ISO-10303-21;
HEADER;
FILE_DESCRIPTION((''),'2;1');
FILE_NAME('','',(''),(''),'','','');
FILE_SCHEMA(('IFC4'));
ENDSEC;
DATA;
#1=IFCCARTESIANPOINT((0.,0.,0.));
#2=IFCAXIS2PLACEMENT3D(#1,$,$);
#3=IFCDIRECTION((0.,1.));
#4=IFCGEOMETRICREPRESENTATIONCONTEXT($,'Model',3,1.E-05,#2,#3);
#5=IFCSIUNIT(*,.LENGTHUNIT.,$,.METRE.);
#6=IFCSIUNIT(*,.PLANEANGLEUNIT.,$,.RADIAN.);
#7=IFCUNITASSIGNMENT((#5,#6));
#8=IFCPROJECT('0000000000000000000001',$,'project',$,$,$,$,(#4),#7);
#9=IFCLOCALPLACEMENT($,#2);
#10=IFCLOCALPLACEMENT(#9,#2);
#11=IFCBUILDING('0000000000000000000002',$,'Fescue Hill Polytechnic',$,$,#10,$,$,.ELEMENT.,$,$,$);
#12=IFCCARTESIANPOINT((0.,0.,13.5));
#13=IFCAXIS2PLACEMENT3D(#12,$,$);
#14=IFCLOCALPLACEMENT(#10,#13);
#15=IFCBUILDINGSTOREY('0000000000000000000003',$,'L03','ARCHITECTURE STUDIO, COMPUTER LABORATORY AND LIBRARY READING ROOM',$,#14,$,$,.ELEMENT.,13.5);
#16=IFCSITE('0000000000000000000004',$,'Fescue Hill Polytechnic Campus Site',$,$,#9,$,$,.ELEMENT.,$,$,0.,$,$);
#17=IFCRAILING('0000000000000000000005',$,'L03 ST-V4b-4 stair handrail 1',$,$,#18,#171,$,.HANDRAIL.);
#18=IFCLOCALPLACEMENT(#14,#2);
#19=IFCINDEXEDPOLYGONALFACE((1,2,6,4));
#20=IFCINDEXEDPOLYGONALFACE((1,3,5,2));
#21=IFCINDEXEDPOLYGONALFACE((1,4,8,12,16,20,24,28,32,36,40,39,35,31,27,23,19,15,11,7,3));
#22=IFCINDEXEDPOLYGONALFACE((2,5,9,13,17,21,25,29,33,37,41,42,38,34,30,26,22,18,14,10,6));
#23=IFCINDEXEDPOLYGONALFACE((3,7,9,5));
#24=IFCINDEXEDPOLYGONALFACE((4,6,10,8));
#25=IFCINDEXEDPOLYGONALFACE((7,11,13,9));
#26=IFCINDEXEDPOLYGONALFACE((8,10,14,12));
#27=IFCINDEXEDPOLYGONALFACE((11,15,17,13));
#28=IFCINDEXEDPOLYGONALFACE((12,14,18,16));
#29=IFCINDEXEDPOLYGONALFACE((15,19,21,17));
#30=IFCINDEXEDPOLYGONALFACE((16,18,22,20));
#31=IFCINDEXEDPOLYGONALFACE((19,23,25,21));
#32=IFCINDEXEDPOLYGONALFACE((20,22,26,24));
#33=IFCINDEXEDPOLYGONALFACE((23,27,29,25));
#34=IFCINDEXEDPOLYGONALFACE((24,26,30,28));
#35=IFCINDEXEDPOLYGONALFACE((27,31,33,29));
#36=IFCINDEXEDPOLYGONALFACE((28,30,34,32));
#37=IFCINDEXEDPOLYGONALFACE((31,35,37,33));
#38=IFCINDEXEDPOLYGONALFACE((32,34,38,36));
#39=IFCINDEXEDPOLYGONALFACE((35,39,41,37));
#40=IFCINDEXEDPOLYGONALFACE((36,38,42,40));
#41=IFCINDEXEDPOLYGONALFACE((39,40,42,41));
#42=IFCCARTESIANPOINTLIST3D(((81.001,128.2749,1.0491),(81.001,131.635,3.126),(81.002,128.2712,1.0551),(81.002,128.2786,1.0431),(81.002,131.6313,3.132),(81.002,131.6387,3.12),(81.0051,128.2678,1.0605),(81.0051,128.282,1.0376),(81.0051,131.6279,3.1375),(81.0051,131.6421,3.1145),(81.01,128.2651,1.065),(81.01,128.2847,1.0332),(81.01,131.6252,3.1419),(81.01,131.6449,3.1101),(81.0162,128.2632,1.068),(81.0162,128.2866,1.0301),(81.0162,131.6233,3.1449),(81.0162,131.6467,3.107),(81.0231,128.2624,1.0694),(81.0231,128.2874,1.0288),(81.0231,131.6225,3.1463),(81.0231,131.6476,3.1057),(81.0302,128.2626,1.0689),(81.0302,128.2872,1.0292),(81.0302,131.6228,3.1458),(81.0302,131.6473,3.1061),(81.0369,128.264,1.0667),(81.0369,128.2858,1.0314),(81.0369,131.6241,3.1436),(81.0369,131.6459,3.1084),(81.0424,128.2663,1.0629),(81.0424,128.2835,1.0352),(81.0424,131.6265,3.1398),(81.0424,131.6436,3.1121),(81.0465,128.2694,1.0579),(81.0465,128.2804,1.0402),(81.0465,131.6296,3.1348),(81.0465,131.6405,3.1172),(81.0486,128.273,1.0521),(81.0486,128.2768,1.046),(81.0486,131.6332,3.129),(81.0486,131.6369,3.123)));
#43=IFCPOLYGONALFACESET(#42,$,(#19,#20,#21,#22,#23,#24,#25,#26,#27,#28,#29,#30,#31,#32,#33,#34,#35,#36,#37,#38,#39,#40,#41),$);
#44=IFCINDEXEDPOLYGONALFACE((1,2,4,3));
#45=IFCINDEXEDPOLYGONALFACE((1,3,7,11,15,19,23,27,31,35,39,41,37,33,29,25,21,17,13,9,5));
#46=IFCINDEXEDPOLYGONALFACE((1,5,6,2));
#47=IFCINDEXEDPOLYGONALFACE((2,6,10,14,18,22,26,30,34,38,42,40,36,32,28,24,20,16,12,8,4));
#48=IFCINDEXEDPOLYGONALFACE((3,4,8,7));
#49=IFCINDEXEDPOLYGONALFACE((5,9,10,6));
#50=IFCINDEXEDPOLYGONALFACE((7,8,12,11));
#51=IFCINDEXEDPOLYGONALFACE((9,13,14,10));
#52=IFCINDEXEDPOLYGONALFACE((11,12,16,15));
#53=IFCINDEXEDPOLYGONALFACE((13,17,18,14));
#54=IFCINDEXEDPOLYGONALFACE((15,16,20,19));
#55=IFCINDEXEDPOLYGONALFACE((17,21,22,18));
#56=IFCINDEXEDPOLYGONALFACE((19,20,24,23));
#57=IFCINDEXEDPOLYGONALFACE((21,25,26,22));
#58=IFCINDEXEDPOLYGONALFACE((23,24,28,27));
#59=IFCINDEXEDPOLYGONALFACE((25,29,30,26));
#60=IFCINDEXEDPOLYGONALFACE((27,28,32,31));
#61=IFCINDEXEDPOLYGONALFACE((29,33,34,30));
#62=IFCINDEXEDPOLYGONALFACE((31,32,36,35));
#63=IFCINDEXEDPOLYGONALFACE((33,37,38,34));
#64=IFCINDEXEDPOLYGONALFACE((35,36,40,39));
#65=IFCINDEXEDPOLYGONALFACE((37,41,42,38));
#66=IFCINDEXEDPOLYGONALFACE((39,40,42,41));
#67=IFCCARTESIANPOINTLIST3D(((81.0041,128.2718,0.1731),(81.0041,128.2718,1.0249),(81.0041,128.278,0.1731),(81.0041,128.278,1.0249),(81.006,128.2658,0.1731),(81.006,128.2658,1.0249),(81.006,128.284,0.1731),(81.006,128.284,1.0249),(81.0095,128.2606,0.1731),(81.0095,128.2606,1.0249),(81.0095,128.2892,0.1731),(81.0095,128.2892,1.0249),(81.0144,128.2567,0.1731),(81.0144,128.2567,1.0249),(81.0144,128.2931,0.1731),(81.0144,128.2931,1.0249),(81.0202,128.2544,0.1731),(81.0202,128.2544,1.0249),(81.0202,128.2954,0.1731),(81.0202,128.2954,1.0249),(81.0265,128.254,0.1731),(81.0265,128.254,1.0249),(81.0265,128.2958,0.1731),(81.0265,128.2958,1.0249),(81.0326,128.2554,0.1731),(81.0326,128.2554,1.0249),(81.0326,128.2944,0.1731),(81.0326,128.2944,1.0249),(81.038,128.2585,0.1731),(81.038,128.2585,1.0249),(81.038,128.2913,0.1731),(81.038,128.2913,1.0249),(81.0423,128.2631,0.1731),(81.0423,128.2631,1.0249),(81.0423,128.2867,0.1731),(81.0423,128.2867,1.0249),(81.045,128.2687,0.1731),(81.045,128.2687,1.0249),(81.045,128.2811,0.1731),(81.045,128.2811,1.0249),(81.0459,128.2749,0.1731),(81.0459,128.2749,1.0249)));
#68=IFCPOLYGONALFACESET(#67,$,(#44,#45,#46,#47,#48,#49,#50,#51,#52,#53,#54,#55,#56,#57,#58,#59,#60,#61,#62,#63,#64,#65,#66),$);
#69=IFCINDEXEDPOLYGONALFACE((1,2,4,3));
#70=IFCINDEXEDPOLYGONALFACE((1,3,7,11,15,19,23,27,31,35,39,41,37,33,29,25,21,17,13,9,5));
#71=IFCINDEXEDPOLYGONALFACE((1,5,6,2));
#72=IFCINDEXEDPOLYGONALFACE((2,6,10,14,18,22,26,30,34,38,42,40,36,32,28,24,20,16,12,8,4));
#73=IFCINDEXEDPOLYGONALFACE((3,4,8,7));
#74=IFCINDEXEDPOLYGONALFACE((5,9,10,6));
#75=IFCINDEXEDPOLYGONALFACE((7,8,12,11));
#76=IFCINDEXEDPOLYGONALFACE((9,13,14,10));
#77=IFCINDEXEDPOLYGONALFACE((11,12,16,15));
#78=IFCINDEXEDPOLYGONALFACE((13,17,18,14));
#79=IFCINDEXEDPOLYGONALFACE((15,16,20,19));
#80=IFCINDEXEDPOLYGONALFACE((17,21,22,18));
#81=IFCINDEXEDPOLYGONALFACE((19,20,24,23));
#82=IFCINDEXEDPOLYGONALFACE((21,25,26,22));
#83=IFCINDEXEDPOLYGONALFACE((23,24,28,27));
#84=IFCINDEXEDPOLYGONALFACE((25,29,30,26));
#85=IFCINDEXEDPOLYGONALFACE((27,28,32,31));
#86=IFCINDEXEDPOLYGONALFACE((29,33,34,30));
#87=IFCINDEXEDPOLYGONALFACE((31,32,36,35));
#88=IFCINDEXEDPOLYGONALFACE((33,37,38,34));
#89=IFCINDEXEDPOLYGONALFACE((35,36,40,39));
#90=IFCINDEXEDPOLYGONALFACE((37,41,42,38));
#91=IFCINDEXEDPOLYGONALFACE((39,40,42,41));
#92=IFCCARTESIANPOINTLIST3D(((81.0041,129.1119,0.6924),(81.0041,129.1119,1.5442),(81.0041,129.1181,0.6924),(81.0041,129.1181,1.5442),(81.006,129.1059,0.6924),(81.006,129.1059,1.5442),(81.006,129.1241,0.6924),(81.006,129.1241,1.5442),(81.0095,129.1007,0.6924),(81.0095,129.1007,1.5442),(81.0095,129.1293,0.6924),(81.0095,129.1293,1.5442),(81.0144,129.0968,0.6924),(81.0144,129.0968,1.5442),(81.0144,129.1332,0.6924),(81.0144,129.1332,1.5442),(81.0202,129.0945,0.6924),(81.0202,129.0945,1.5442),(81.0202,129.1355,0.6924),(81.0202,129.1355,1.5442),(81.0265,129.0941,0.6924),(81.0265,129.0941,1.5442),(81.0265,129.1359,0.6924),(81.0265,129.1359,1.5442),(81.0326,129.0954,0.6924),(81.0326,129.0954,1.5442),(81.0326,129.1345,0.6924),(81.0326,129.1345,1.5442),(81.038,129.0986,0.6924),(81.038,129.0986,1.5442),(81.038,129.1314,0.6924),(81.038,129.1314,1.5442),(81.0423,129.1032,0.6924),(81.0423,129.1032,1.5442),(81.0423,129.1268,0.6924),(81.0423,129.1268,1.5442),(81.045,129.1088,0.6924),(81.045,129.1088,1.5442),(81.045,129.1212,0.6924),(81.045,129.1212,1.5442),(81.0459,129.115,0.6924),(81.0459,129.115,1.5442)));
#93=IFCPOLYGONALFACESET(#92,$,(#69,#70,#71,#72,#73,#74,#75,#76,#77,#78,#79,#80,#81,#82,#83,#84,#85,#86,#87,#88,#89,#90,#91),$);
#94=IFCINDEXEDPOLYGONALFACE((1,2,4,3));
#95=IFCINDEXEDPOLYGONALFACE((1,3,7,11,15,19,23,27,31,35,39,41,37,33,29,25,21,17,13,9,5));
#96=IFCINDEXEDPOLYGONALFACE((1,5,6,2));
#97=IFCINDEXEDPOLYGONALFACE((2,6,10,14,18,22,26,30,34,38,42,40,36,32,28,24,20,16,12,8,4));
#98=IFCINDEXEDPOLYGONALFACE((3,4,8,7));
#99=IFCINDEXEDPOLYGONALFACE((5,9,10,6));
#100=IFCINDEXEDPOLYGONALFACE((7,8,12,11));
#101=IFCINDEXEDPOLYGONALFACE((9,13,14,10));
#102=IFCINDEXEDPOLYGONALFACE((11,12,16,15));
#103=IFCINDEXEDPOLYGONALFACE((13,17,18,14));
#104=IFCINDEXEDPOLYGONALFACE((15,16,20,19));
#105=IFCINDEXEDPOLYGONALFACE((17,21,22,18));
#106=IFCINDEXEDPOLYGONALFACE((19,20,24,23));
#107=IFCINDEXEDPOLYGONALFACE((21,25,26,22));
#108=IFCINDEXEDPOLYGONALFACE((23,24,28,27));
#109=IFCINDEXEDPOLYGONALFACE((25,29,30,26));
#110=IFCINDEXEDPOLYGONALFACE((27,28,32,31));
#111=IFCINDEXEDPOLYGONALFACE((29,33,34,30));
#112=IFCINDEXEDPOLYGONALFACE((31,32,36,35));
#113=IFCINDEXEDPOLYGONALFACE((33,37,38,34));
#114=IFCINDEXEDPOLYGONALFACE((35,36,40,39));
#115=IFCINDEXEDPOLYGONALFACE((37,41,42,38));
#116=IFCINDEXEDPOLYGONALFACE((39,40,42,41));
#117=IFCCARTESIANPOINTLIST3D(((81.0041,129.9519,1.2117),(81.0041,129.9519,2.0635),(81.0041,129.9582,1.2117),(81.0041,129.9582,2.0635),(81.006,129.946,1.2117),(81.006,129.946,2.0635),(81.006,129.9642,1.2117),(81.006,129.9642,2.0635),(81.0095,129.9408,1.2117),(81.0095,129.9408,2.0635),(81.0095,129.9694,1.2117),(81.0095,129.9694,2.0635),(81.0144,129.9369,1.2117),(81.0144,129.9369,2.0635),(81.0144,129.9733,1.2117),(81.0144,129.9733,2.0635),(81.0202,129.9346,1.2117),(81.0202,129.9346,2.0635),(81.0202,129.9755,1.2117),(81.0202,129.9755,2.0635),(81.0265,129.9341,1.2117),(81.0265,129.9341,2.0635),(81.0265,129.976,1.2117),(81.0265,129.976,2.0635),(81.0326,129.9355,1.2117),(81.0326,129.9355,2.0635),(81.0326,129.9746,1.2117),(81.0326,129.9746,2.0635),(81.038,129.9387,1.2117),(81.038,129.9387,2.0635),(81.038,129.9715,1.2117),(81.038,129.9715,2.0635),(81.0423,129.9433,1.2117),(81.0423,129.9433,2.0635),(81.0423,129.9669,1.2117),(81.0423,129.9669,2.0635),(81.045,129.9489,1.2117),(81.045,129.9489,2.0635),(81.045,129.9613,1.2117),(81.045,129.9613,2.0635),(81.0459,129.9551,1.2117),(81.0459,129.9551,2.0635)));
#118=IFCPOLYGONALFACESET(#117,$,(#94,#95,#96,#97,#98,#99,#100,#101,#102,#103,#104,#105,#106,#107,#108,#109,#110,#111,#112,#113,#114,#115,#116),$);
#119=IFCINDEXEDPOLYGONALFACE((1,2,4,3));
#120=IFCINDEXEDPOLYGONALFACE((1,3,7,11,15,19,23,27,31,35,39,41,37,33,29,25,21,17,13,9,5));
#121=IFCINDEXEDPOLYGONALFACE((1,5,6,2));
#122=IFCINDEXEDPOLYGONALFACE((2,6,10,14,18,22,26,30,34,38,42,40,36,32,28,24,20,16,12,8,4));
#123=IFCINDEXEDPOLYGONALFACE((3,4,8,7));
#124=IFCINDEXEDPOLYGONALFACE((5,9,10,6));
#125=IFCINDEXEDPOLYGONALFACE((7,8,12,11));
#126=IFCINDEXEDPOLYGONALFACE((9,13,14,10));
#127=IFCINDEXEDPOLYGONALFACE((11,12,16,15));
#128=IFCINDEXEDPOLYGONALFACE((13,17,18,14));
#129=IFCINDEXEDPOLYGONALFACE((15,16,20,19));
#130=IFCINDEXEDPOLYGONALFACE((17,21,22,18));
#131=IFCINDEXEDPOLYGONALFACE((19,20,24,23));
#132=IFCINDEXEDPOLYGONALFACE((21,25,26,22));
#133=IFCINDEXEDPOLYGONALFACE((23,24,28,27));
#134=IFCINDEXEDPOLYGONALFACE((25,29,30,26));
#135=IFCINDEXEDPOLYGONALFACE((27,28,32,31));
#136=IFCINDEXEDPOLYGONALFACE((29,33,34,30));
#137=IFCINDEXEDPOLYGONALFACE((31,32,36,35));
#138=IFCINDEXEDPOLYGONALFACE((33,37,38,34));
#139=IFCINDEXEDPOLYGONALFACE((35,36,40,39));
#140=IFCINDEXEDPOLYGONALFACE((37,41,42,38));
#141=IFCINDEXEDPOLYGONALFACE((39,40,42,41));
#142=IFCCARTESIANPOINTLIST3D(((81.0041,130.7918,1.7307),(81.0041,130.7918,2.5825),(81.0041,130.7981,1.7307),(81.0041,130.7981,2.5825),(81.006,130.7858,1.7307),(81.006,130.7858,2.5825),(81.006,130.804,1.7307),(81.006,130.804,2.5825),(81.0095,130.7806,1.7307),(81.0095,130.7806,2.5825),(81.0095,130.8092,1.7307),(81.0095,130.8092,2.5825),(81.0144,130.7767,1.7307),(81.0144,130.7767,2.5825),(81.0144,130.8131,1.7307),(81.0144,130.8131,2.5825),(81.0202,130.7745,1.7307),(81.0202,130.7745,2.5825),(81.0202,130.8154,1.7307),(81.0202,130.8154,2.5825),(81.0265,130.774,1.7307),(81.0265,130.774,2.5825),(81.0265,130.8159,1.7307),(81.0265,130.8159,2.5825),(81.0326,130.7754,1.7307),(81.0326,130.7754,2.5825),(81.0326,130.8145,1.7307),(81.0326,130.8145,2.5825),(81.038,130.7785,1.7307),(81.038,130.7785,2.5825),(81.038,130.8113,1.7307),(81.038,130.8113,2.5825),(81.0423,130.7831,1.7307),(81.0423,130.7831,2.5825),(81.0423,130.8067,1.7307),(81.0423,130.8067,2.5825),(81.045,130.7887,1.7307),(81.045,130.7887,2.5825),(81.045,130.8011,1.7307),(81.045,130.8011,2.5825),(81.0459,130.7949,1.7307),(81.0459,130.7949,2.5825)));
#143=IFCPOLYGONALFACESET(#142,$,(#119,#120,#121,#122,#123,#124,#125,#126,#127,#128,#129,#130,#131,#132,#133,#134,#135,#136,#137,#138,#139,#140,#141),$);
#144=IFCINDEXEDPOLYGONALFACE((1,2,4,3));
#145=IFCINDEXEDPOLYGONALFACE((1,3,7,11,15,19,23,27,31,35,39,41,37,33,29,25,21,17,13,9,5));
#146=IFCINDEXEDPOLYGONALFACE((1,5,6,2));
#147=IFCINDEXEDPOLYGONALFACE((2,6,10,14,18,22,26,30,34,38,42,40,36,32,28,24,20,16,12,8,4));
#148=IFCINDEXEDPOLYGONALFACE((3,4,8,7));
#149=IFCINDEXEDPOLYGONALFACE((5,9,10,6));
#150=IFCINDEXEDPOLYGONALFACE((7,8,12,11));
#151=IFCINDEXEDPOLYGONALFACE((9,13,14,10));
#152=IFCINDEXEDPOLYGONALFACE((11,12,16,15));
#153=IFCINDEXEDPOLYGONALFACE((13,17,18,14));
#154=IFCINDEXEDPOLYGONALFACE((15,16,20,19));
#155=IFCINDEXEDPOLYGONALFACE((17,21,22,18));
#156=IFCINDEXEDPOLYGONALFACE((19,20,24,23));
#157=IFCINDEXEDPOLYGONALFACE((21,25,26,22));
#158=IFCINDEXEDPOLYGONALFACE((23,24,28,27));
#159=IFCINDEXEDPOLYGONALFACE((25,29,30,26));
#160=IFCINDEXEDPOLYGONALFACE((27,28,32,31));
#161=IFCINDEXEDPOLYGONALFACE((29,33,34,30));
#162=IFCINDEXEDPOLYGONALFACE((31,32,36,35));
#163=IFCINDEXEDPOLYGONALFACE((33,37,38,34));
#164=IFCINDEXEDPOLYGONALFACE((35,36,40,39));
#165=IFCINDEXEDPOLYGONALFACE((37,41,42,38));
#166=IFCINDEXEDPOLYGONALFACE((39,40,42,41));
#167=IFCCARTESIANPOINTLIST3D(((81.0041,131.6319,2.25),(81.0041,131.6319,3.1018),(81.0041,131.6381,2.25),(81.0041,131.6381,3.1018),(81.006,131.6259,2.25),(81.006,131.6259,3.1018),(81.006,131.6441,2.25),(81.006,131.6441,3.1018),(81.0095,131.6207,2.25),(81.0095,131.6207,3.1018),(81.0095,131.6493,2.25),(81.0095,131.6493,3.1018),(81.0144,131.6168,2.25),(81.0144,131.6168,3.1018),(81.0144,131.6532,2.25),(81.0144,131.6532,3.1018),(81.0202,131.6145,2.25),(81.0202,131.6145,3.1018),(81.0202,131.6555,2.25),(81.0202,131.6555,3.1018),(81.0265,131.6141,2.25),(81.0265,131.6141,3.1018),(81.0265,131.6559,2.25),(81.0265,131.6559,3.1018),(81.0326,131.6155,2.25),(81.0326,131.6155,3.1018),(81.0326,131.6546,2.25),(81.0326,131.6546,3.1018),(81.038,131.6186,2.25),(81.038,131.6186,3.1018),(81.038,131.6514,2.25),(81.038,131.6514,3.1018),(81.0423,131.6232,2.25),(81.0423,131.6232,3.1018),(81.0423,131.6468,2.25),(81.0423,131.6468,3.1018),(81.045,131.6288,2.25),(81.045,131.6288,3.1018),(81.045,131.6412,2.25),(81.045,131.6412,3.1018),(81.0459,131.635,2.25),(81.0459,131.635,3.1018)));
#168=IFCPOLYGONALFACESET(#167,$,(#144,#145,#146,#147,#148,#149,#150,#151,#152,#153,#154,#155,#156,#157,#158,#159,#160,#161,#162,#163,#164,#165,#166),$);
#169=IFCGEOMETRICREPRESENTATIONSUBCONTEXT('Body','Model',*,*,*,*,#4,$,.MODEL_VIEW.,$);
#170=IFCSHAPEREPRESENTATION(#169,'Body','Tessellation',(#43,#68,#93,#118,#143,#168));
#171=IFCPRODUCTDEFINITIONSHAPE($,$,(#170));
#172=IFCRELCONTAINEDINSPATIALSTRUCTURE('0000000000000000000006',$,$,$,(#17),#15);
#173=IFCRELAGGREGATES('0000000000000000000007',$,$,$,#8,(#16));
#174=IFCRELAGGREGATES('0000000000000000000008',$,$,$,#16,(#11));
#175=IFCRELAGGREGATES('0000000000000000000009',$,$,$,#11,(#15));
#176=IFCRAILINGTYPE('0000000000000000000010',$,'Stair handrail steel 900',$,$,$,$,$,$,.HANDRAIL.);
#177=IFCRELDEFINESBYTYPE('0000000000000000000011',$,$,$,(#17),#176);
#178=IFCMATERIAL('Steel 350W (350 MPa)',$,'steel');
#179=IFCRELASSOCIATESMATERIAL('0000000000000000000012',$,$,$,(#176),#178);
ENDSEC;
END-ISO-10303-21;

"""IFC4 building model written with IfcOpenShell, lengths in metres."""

from ifc_helpers import new_model, si_unit, direction, frame, origin, origin_2d, place, context, subcontext, project, spatial, circle, extrude, material, type_object, element, save


model = new_model("IFC4")

# Units and contexts
model_context = context("Model", 3, precision=1e-05, world=origin(), true_north=direction((0.0, 1.0)))
body_context = subcontext(model_context, "Body", "Model", "MODEL_VIEW")
ifc_project = project(units=[si_unit("LENGTHUNIT", "METRE"), si_unit("PLANEANGLEUNIT", "RADIAN")], contexts=[model_context])

# Site, building, storey
site_placement = place(None, origin())
site = spatial("IfcSite", under=ifc_project, at=site_placement, Name="Fescue Hill Polytechnic Campus Site", CompositionType="ELEMENT", RefElevation=0.0)
building_placement = place(site_placement, origin())
building = spatial("IfcBuilding", under=site, at=building_placement, Name="Fescue Hill Polytechnic", CompositionType="ELEMENT")
storey_placement = place(building_placement, frame((0.0, 0.0, 13.5)))
storey = spatial("IfcBuildingStorey", under=building, at=storey_placement, Name="L03", Description="ARCHITECTURE STUDIO, COMPUTER LABORATORY AND LIBRARY READING ROOM", CompositionType="ELEMENT", Elevation=13.5)

# Railing
ifc_material_1 = material(Name="Steel 350W (350 MPa)", Category="steel")
railing_type_1 = type_object("IfcRailingType", Name="Stair handrail steel 900", PredefinedType="HANDRAIL", material=ifc_material_1)
for number, where, name in (
    (1, (81.0249, 128.2749, 0.1731), "L03 ST-V4b-4 stair handrail 1"),
):
    element("IfcRailing", number, at=place(storey_placement, frame(where)), inside=storey, type_object=railing_type_1, Name=name, PredefinedType="HANDRAIL", context=body_context, shape_type="SweptSolid", body=[
        extrude(circle(Radius=0.0239, at=origin_2d()), frame((0.0, 0.0, 0.876), z_axis=(0.0, 0.850623, 0.525776), x_axis=(-1.0, 0.0, 0.0)), (0.0, 0.0, 1.0), 3.9502),
        extrude(circle(Radius=0.021, at=origin_2d()), origin(), (0.0, 0.0, 1.0), 0.8518),
        extrude(circle(Radius=0.021, at=origin_2d()), frame((0.0, 0.8401, 0.5193)), (0.0, 0.0, 1.0), 0.8518),
        extrude(circle(Radius=0.021, at=origin_2d()), frame((0.0, 1.6802, 1.0386)), (0.0, 0.0, 1.0), 0.8518),
        extrude(circle(Radius=0.021, at=origin_2d()), frame((0.0, 2.52, 1.5576)), (0.0, 0.0, 1.0), 0.8518),
        extrude(circle(Radius=0.021, at=origin_2d()), frame((0.0, 3.3601, 2.0769)), (0.0, 0.0, 1.0), 0.8518),
    ])

save(model, "model.ifc")
